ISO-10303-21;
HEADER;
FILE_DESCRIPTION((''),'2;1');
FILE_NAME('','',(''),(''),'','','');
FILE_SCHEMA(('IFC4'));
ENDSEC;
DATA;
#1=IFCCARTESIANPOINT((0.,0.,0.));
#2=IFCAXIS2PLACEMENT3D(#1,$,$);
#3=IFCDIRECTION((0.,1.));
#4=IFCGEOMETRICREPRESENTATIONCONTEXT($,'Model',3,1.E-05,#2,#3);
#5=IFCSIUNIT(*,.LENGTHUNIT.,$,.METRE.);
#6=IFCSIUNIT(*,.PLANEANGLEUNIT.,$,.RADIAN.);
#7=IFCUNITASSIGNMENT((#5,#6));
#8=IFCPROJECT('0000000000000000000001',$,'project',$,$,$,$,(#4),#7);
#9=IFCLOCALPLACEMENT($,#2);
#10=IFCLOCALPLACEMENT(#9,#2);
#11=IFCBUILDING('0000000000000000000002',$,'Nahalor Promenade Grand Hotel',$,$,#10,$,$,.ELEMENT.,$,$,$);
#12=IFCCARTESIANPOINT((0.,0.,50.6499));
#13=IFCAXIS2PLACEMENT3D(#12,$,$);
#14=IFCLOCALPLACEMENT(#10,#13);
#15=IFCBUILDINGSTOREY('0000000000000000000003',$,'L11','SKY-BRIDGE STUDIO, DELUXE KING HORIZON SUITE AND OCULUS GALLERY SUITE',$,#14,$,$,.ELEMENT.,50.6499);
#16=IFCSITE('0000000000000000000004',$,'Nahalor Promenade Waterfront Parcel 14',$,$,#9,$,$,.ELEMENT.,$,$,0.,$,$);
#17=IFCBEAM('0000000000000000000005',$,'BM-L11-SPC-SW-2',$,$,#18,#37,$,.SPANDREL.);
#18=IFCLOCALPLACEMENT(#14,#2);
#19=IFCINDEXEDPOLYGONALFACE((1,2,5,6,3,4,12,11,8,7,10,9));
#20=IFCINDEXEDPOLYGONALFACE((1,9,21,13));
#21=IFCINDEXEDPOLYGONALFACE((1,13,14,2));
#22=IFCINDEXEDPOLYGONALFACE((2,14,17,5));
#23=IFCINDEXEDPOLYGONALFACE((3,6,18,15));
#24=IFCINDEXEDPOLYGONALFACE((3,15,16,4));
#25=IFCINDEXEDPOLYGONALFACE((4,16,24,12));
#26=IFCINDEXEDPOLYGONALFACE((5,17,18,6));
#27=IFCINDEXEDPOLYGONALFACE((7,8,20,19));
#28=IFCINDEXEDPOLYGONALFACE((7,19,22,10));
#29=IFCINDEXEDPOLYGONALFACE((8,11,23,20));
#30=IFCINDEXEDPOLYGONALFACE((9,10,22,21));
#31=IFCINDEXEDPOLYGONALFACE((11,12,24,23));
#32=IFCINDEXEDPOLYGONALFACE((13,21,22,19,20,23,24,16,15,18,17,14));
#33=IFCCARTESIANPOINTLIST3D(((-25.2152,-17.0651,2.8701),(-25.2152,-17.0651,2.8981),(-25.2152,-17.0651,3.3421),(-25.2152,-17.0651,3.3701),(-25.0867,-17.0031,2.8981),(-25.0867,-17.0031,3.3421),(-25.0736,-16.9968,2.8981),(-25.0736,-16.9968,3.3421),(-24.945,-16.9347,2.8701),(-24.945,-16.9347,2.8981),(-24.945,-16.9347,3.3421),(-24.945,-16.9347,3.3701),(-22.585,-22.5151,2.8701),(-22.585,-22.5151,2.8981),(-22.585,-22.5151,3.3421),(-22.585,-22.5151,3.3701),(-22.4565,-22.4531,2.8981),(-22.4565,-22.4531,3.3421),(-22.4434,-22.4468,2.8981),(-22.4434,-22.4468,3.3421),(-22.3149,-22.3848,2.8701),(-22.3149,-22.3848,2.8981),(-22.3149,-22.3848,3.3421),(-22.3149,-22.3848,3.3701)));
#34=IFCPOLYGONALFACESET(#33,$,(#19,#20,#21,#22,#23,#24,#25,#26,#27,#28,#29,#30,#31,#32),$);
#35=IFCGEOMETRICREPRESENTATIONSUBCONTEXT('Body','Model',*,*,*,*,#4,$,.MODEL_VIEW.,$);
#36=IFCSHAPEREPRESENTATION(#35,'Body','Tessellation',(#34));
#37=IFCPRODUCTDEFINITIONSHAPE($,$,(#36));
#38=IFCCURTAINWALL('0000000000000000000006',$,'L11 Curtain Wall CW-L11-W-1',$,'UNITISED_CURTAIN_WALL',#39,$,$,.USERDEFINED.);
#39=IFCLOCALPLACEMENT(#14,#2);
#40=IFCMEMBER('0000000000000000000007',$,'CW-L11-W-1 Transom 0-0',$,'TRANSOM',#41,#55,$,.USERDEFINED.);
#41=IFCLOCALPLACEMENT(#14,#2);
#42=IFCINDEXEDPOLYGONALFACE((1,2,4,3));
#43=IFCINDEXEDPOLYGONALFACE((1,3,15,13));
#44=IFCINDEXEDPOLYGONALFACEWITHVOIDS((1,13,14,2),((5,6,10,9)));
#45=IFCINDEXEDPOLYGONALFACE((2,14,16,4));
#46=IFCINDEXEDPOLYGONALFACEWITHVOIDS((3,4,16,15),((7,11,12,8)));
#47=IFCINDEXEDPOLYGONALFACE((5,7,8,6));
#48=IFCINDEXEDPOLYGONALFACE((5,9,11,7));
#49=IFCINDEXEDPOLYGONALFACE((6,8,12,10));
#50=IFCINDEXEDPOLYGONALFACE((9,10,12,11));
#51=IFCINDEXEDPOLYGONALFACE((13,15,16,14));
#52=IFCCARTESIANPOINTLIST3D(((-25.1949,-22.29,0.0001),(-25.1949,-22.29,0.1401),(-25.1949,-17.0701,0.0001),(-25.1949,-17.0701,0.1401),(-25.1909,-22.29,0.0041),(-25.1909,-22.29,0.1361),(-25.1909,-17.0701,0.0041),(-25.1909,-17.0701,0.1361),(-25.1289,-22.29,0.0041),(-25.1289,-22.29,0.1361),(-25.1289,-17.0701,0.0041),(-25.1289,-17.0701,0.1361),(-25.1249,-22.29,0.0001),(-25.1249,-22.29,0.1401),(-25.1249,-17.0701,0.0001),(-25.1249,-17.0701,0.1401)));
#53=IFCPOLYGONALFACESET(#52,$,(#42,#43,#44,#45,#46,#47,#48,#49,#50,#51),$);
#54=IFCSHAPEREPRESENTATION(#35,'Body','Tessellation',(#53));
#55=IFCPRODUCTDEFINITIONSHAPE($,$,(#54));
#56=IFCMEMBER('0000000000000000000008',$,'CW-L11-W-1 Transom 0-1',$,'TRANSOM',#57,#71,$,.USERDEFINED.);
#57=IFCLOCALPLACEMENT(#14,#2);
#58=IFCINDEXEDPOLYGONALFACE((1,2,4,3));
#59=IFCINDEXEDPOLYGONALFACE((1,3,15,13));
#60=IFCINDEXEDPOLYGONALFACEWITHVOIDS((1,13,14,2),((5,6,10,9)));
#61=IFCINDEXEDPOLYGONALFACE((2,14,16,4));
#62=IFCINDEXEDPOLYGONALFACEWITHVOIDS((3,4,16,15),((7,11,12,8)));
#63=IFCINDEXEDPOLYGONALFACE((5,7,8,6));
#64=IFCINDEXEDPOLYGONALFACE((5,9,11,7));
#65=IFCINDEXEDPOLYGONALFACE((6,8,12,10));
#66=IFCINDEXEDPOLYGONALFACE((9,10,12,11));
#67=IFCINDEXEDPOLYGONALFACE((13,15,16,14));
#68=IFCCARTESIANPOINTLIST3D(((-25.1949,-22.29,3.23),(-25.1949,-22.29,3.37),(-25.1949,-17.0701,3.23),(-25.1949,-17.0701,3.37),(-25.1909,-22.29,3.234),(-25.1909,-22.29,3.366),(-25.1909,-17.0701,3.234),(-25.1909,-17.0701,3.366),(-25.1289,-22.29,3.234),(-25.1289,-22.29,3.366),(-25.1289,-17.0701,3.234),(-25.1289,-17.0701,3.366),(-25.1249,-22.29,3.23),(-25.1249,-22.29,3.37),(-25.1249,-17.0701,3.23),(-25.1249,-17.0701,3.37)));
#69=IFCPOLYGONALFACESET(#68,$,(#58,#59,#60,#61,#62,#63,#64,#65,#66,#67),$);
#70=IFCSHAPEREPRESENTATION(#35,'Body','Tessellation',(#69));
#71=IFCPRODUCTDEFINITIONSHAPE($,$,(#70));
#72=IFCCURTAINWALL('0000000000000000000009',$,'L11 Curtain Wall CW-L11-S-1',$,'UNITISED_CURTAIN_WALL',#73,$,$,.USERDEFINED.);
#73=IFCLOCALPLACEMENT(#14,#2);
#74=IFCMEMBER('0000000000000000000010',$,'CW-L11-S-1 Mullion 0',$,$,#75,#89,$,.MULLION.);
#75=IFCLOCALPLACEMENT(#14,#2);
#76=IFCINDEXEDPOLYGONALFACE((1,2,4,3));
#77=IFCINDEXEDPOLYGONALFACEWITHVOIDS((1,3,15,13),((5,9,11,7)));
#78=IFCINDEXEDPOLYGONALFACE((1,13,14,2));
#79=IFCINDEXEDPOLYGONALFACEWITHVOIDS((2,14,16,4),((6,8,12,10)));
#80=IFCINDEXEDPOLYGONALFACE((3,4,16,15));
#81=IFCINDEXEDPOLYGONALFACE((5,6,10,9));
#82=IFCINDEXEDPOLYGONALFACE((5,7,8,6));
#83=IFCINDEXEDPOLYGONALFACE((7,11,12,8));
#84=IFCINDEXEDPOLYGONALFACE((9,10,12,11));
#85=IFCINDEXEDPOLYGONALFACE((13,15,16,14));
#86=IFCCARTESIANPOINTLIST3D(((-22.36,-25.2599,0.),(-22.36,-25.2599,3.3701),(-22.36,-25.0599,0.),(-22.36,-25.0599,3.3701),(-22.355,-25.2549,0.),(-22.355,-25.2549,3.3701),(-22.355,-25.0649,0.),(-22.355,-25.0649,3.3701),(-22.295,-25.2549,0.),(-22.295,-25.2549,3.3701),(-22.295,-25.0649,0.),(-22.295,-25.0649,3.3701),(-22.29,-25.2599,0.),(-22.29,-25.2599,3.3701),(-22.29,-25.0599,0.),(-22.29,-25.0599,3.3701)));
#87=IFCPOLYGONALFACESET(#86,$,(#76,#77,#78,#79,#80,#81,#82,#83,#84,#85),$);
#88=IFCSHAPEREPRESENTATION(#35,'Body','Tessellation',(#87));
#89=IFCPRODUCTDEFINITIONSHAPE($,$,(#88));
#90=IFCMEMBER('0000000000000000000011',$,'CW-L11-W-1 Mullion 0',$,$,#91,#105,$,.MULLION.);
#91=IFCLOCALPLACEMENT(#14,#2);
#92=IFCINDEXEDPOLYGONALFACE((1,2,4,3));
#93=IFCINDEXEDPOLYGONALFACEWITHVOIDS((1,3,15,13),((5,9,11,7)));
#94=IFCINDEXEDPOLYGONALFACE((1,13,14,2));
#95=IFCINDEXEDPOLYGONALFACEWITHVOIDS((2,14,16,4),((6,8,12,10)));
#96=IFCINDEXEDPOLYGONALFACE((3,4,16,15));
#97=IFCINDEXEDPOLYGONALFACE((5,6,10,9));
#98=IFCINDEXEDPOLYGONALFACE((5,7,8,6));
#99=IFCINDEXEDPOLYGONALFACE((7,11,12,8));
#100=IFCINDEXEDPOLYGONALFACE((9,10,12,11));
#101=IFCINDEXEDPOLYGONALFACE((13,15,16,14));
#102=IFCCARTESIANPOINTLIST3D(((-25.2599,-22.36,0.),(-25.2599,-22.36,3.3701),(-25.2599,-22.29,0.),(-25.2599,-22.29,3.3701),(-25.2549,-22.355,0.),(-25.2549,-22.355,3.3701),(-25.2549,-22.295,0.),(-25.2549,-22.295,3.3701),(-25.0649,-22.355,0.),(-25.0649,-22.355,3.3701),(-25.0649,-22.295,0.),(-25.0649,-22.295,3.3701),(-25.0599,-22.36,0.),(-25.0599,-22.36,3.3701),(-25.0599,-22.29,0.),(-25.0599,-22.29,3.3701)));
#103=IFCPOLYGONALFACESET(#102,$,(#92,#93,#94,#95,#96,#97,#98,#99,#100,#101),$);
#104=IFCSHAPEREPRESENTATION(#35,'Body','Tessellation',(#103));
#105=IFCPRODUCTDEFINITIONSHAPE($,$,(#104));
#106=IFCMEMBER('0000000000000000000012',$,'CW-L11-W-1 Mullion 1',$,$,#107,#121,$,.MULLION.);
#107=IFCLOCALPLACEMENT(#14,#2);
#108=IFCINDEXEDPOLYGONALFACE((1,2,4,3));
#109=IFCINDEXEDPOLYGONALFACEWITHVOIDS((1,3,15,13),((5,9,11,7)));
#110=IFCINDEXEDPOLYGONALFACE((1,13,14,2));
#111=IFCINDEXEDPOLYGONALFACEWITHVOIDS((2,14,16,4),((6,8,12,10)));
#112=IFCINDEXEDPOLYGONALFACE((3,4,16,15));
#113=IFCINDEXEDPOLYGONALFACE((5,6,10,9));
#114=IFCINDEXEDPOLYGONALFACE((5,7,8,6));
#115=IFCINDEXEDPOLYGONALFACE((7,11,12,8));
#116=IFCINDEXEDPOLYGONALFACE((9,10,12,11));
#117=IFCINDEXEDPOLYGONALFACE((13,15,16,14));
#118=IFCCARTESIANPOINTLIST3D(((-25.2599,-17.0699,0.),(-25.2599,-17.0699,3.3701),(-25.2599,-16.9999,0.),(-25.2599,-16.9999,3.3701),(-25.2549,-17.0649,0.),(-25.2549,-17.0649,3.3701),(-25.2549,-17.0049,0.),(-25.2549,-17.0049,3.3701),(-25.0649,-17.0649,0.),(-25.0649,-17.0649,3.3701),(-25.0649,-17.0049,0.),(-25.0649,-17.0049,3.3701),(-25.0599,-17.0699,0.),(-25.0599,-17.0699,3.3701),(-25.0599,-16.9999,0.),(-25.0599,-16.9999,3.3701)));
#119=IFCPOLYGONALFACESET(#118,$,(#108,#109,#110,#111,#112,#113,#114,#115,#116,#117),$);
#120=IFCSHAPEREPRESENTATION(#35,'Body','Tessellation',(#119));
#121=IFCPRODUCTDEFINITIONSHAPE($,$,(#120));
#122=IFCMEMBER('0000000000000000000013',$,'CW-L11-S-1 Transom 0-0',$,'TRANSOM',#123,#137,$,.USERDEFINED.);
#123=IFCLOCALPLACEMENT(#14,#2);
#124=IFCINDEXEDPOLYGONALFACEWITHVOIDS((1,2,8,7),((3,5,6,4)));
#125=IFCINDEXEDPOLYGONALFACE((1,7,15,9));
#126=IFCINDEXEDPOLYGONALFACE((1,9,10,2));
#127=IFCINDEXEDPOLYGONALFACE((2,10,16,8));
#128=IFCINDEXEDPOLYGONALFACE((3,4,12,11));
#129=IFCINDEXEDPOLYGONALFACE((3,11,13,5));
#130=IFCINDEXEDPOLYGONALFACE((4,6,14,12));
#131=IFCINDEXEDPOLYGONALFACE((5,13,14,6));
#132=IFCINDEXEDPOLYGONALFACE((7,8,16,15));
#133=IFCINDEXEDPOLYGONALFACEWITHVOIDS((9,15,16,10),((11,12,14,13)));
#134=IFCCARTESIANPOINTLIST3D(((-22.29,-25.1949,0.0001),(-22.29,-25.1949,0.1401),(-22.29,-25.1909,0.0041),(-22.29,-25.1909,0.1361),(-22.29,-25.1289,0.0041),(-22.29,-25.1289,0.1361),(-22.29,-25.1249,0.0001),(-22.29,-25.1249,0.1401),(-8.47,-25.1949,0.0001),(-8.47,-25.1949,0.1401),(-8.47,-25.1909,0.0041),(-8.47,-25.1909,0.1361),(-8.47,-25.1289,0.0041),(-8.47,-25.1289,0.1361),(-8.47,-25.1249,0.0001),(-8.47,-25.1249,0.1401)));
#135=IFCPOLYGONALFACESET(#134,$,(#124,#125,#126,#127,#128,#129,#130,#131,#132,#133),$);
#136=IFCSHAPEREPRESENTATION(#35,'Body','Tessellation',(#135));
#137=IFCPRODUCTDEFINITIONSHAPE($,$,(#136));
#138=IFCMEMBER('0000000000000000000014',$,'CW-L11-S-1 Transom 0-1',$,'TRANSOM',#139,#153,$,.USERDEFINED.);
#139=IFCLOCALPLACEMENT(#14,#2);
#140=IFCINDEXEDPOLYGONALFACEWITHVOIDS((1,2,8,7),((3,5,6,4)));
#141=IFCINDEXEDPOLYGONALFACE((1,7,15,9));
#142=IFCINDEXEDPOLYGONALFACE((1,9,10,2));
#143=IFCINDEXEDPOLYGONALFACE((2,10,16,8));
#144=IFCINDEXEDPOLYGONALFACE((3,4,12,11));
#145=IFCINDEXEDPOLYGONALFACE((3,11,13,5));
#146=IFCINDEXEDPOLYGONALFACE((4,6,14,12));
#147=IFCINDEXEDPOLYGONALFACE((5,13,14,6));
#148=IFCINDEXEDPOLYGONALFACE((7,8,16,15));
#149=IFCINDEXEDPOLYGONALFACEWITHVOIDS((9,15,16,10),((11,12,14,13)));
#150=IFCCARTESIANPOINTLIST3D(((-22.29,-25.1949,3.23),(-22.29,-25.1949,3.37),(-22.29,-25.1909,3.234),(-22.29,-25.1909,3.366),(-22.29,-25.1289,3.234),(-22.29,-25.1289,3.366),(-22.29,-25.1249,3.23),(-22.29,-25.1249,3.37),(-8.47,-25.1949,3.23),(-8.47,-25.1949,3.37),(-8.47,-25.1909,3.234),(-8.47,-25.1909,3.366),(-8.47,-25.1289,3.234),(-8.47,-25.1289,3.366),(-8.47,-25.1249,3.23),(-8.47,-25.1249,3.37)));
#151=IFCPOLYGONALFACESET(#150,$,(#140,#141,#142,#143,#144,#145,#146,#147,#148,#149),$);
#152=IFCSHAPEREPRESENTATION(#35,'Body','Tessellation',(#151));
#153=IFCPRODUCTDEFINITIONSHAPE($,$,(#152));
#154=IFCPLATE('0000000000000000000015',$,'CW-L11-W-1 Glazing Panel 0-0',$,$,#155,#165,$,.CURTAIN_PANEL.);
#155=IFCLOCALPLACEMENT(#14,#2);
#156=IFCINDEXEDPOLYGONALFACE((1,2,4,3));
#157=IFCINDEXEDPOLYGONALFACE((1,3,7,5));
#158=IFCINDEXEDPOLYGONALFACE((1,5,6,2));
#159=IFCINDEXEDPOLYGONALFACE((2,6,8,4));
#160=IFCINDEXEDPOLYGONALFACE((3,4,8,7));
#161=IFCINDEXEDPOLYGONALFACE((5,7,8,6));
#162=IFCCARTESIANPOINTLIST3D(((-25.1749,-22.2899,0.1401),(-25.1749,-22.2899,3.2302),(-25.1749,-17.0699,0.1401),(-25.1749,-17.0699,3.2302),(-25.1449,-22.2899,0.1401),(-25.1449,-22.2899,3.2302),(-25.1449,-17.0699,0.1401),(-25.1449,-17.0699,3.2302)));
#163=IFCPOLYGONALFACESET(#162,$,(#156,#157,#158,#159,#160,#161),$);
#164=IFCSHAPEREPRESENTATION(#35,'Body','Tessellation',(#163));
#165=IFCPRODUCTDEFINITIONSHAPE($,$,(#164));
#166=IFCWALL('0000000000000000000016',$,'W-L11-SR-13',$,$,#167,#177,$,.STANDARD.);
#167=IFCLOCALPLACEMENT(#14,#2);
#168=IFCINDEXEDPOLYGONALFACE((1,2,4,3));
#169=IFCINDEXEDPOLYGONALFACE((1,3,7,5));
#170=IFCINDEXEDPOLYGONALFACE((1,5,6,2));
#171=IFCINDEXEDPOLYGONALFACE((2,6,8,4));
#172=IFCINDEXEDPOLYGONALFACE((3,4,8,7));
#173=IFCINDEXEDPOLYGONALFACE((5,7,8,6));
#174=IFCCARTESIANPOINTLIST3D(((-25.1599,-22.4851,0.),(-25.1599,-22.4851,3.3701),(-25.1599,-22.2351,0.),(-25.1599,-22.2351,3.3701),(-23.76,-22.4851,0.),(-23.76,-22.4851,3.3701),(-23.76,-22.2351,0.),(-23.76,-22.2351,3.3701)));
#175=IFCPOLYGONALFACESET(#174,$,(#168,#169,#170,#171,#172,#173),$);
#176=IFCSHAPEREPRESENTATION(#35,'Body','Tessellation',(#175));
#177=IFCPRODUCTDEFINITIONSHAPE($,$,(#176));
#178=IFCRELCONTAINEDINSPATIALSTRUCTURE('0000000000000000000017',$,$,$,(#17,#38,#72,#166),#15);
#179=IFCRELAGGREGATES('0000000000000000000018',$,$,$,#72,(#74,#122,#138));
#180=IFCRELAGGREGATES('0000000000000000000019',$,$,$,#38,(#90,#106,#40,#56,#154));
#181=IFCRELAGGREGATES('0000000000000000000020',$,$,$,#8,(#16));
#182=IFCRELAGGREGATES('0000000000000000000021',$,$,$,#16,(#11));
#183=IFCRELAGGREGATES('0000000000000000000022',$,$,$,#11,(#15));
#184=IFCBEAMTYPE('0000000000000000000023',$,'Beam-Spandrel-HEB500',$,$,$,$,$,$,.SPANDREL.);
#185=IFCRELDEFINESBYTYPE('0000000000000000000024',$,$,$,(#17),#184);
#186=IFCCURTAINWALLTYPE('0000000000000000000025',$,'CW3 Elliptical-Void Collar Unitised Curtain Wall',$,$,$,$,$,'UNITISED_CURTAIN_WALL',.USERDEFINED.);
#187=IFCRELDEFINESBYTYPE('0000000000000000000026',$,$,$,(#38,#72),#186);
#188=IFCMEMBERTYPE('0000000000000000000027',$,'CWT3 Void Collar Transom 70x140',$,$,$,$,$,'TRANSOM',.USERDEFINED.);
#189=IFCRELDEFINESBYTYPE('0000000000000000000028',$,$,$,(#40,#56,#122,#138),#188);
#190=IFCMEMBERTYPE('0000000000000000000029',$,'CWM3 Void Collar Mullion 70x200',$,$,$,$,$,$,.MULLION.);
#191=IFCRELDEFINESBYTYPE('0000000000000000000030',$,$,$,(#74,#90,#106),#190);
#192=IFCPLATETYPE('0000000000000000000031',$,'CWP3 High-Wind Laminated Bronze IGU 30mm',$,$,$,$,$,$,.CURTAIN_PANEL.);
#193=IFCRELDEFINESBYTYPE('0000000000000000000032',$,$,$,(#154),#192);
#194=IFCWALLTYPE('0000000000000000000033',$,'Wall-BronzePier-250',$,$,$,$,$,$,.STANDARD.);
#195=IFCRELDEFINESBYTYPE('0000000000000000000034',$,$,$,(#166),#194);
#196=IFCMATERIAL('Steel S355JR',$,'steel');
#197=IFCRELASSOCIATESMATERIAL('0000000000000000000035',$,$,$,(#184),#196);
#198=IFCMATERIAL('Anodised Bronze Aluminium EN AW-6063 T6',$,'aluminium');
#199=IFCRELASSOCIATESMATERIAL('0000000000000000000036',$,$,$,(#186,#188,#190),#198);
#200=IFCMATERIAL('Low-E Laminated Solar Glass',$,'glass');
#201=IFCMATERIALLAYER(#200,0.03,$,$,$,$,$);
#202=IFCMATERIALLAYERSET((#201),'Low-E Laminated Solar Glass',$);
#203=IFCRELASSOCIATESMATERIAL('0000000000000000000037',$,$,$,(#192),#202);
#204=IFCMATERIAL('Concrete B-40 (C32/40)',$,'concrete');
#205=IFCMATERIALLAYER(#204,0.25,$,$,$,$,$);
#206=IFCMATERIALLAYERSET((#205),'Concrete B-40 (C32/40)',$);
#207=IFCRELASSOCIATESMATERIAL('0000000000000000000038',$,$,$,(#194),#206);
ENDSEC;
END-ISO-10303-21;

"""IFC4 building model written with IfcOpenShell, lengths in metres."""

from ifc_helpers import new_model, si_unit, direction, frame, frame_2d, origin, origin_2d, place, context, subcontext, project, spatial, rectangle, hollow_rectangle, i_section, extrude, source, transform, mapped, material, layer, layer_set, material_profile, profile_set, type_object, element, aggregate, save


model = new_model("IFC4")

# Units and contexts
model_context = context("Model", 3, precision=1e-05, world=origin(), true_north=direction((0.0, 1.0)))
body_context = subcontext(model_context, "Body", "Model", "MODEL_VIEW")
ifc_project = project(units=[si_unit("LENGTHUNIT", "METRE"), si_unit("PLANEANGLEUNIT", "RADIAN")], contexts=[model_context])

# Site, building, storey
site_placement = place(None, origin())
site = spatial("IfcSite", under=ifc_project, at=site_placement, Name="Nahalor Promenade Waterfront Parcel 14", CompositionType="ELEMENT", RefElevation=0.0)
building_placement = place(site_placement, origin())
building = spatial("IfcBuilding", under=site, at=building_placement, Name="Nahalor Promenade Grand Hotel", CompositionType="ELEMENT")
storey_placement = place(building_placement, frame((0.0, 0.0, 50.6499)))
storey = spatial("IfcBuildingStorey", under=building, at=storey_placement, Name="L11", Description="SKY-BRIDGE STUDIO, DELUXE KING HORIZON SUITE AND OCULUS GALLERY SUITE", CompositionType="ELEMENT", Elevation=50.6499)

# Beam
ifc_material_1 = material(Name="Steel S355JR", Category="steel")
ifc_material_profile_1 = material_profile(ifc_material_1, i_section(OverallWidth=0.3, OverallDepth=0.5, WebThickness=0.0145, FlangeThickness=0.028, at=origin_2d()), Name="HEB 500")
ifc_profile_set_1 = profile_set([ifc_material_profile_1], Name="Steel S355JR")
beam_type_1 = type_object("IfcBeamType", Name="Beam-Spandrel-HEB500", PredefinedType="SPANDREL", material=ifc_profile_set_1)
shared_shape_1 = source(origin(), body_context, "Body", "SweptSolid", [
    extrude(i_section(OverallWidth=0.3, OverallDepth=0.5, WebThickness=0.0145, FlangeThickness=0.028, at=origin_2d()), origin(), (0.0, 0.0, 1.0), 6.0515),
])
for number, where, z_axis, x_axis, name in (
    (1, (-22.45, -22.45, 3.1201), (-0.434631, 0.900609, 0.0), (-0.900609, -0.434631, 0.0), "BM-L11-SPC-SW-2"),
):
    element("IfcBeam", number, at=place(storey_placement, frame(where, z_axis=z_axis, x_axis=x_axis)), inside=storey, type_object=beam_type_1, Name=name, PredefinedType="SPANDREL", context=body_context, shape_type="MappedRepresentation", body=[
        mapped(shared_shape_1, transform((0.0, 0.0, 0.0), scale=1.0)),
    ])

# Curtain wall, members
ifc_material_2 = material(Name="Anodised Bronze Aluminium EN AW-6063 T6", Category="aluminium")
curtain_wall_type = type_object("IfcCurtainWallType", Name="CW3 Elliptical-Void Collar Unitised Curtain Wall", ElementType="UNITISED_CURTAIN_WALL", PredefinedType="USERDEFINED", material=ifc_material_2)
curtain_wall_1_placement = place(storey_placement, origin())
curtain_wall_1 = element("IfcCurtainWall", 2, at=curtain_wall_1_placement, inside=storey, type_object=curtain_wall_type, Name="L11 Curtain Wall CW-L11-W-1", ObjectType="UNITISED_CURTAIN_WALL", PredefinedType="USERDEFINED")
ifc_material_profile_2 = material_profile(ifc_material_2, hollow_rectangle(XDim=0.07, YDim=0.14, WallThickness=0.004, at=origin_2d()), Name="CWT 70x140x4")
ifc_profile_set_2 = profile_set([ifc_material_profile_2], Name="Anodised Bronze Aluminium EN AW-6063 T6")
member_type_1 = type_object("IfcMemberType", Name="CWT3 Void Collar Transom 70x140", ElementType="TRANSOM", PredefinedType="USERDEFINED", material=ifc_profile_set_2)
shared_shape_2 = source(origin(), body_context, "Body", "SweptSolid", [
    extrude(hollow_rectangle(XDim=0.07, YDim=0.14, WallThickness=0.004, at=origin_2d()), origin(), (0.0, 0.0, 1.0), 5.22),
])
member_1_placement = place(storey_placement, frame((-25.1599, -22.29, 0.0701), z_axis=(0.0, 1.0, 0.0), x_axis=(-1.0, 0.0, 0.0)))
member_1 = element("IfcMember", 3, at=member_1_placement, type_object=member_type_1, Name="CW-L11-W-1 Transom 0-0", ObjectType="TRANSOM", PredefinedType="USERDEFINED", context=body_context, shape_type="MappedRepresentation", body=[
    mapped(shared_shape_2, transform((0.0, 0.0, 0.0), scale=1.0)),
])
member_2_placement = place(storey_placement, frame((-25.1599, -22.29, 3.3), z_axis=(0.0, 1.0, 0.0), x_axis=(-1.0, 0.0, 0.0)))
member_2 = element("IfcMember", 4, at=member_2_placement, type_object=member_type_1, Name="CW-L11-W-1 Transom 0-1", ObjectType="TRANSOM", PredefinedType="USERDEFINED", context=body_context, shape_type="MappedRepresentation", body=[
    mapped(shared_shape_2, transform((0.0, 0.0, 0.0), scale=1.0)),
])

# Curtain wall, member
curtain_wall_2_placement = place(storey_placement, origin())
curtain_wall_2 = element("IfcCurtainWall", 5, at=curtain_wall_2_placement, inside=storey, type_object=curtain_wall_type, Name="L11 Curtain Wall CW-L11-S-1", ObjectType="UNITISED_CURTAIN_WALL", PredefinedType="USERDEFINED")
ifc_material_profile_3 = material_profile(ifc_material_2, hollow_rectangle(XDim=0.07, YDim=0.2, WallThickness=0.005, at=origin_2d()), Name="CWM 70x200x5")
ifc_profile_set_3 = profile_set([ifc_material_profile_3], Name="Anodised Bronze Aluminium EN AW-6063 T6")
member_type_2 = type_object("IfcMemberType", Name="CWM3 Void Collar Mullion 70x200", PredefinedType="MULLION", material=ifc_profile_set_3)
shared_shape_3 = source(origin(), body_context, "Body", "SweptSolid", [
    extrude(hollow_rectangle(XDim=0.07, YDim=0.2, WallThickness=0.005, at=origin_2d()), origin(), (0.0, 0.0, 1.0), 3.3701),
])
member_3_placement = place(storey_placement, frame((-22.325, -25.1599, 0.0), z_axis=(0.0, 0.0, 1.0), x_axis=(1.0, 0.0, 0.0)))
member_3 = element("IfcMember", 6, at=member_3_placement, type_object=member_type_2, Name="CW-L11-S-1 Mullion 0", PredefinedType="MULLION", context=body_context, shape_type="MappedRepresentation", body=[
    mapped(shared_shape_3, transform((0.0, 0.0, 0.0), scale=1.0)),
])

# Members
member_4_placement = place(storey_placement, frame((-25.1599, -22.325, 0.0), z_axis=(0.0, 0.0, 1.0), x_axis=(0.0, 1.0, 0.0)))
member_4 = element("IfcMember", 7, at=member_4_placement, type_object=member_type_2, Name="CW-L11-W-1 Mullion 0", PredefinedType="MULLION", context=body_context, shape_type="MappedRepresentation", body=[
    mapped(shared_shape_3, transform((0.0, 0.0, 0.0), scale=1.0)),
])
member_5_placement = place(storey_placement, frame((-25.1599, -17.0349, 0.0), z_axis=(0.0, 0.0, 1.0), x_axis=(0.0, 1.0, 0.0)))
member_5 = element("IfcMember", 8, at=member_5_placement, type_object=member_type_2, Name="CW-L11-W-1 Mullion 1", PredefinedType="MULLION", context=body_context, shape_type="MappedRepresentation", body=[
    mapped(shared_shape_3, transform((0.0, 0.0, 0.0), scale=1.0)),
])
shared_shape_4 = source(origin(), body_context, "Body", "SweptSolid", [
    extrude(hollow_rectangle(XDim=0.07, YDim=0.14, WallThickness=0.004, at=origin_2d()), origin(), (0.0, 0.0, 1.0), 13.8201),
])
member_6_placement = place(storey_placement, frame((-22.29, -25.1599, 0.0701), z_axis=(1.0, 0.0, 0.0), x_axis=(0.0, 1.0, 0.0)))
member_6 = element("IfcMember", 9, at=member_6_placement, type_object=member_type_1, Name="CW-L11-S-1 Transom 0-0", ObjectType="TRANSOM", PredefinedType="USERDEFINED", context=body_context, shape_type="MappedRepresentation", body=[
    mapped(shared_shape_4, transform((0.0, 0.0, 0.0), scale=1.0)),
])
member_7_placement = place(storey_placement, frame((-22.29, -25.1599, 3.3), z_axis=(1.0, 0.0, 0.0), x_axis=(0.0, 1.0, 0.0)))
member_7 = element("IfcMember", 10, at=member_7_placement, type_object=member_type_1, Name="CW-L11-S-1 Transom 0-1", ObjectType="TRANSOM", PredefinedType="USERDEFINED", context=body_context, shape_type="MappedRepresentation", body=[
    mapped(shared_shape_4, transform((0.0, 0.0, 0.0), scale=1.0)),
])
aggregate(curtain_wall_2, [member_3, member_6, member_7])

# Plate
ifc_material_3 = material(Name="Low-E Laminated Solar Glass", Category="glass")
ifc_layer_1 = layer(ifc_material_3, 0.03)
ifc_layer_set_1 = layer_set([ifc_layer_1], Name="Low-E Laminated Solar Glass")
plate_type = type_object("IfcPlateType", Name="CWP3 High-Wind Laminated Bronze IGU 30mm", PredefinedType="CURTAIN_PANEL", material=ifc_layer_set_1)
shared_shape_5 = source(origin(), body_context, "Body", "SweptSolid", [
    extrude(rectangle(XDim=5.22, YDim=0.03, at=origin_2d()), origin(), (0.0, 0.0, 1.0), 3.0901),
])
plate_placement = place(storey_placement, frame((-25.1599, -19.6799, 0.1401), z_axis=(0.0, 0.0, 1.0), x_axis=(0.0, 1.0, 0.0)))
plate = element("IfcPlate", 11, at=plate_placement, type_object=plate_type, Name="CW-L11-W-1 Glazing Panel 0-0", PredefinedType="CURTAIN_PANEL", context=body_context, shape_type="MappedRepresentation", body=[
    mapped(shared_shape_5, transform((0.0, 0.0, 0.0), scale=1.0)),
])
aggregate(curtain_wall_1, [member_4, member_5, member_1, member_2, plate])

# Wall
ifc_material_4 = material(Name="Concrete B-40 (C32/40)", Category="concrete")
ifc_layer_2 = layer(ifc_material_4, 0.25)
ifc_layer_set_2 = layer_set([ifc_layer_2], Name="Concrete B-40 (C32/40)")
wall_type_1 = type_object("IfcWallType", Name="Wall-BronzePier-250", PredefinedType="STANDARD", material=ifc_layer_set_2)
shared_shape_6 = source(origin(), body_context, "Body", "SweptSolid", [
    extrude(rectangle(XDim=1.3999, YDim=0.25, at=frame_2d((0.7, 0.0))), origin(), (0.0, 0.0, 1.0), 3.3701),
])
for number, where, z_axis, x_axis, name in (
    (12, (-25.1599, -22.3601, 0.0), (0.0, 0.0, 1.0), (1.0, 0.0, 0.0), "W-L11-SR-13"),
):
    element("IfcWall", number, at=place(storey_placement, frame(where, z_axis=z_axis, x_axis=x_axis)), inside=storey, type_object=wall_type_1, Name=name, PredefinedType="STANDARD", context=body_context, shape_type="MappedRepresentation", body=[
        mapped(shared_shape_6, transform((0.0, 0.0, 0.0), scale=1.0)),
    ])

save(model, "model.ifc")
